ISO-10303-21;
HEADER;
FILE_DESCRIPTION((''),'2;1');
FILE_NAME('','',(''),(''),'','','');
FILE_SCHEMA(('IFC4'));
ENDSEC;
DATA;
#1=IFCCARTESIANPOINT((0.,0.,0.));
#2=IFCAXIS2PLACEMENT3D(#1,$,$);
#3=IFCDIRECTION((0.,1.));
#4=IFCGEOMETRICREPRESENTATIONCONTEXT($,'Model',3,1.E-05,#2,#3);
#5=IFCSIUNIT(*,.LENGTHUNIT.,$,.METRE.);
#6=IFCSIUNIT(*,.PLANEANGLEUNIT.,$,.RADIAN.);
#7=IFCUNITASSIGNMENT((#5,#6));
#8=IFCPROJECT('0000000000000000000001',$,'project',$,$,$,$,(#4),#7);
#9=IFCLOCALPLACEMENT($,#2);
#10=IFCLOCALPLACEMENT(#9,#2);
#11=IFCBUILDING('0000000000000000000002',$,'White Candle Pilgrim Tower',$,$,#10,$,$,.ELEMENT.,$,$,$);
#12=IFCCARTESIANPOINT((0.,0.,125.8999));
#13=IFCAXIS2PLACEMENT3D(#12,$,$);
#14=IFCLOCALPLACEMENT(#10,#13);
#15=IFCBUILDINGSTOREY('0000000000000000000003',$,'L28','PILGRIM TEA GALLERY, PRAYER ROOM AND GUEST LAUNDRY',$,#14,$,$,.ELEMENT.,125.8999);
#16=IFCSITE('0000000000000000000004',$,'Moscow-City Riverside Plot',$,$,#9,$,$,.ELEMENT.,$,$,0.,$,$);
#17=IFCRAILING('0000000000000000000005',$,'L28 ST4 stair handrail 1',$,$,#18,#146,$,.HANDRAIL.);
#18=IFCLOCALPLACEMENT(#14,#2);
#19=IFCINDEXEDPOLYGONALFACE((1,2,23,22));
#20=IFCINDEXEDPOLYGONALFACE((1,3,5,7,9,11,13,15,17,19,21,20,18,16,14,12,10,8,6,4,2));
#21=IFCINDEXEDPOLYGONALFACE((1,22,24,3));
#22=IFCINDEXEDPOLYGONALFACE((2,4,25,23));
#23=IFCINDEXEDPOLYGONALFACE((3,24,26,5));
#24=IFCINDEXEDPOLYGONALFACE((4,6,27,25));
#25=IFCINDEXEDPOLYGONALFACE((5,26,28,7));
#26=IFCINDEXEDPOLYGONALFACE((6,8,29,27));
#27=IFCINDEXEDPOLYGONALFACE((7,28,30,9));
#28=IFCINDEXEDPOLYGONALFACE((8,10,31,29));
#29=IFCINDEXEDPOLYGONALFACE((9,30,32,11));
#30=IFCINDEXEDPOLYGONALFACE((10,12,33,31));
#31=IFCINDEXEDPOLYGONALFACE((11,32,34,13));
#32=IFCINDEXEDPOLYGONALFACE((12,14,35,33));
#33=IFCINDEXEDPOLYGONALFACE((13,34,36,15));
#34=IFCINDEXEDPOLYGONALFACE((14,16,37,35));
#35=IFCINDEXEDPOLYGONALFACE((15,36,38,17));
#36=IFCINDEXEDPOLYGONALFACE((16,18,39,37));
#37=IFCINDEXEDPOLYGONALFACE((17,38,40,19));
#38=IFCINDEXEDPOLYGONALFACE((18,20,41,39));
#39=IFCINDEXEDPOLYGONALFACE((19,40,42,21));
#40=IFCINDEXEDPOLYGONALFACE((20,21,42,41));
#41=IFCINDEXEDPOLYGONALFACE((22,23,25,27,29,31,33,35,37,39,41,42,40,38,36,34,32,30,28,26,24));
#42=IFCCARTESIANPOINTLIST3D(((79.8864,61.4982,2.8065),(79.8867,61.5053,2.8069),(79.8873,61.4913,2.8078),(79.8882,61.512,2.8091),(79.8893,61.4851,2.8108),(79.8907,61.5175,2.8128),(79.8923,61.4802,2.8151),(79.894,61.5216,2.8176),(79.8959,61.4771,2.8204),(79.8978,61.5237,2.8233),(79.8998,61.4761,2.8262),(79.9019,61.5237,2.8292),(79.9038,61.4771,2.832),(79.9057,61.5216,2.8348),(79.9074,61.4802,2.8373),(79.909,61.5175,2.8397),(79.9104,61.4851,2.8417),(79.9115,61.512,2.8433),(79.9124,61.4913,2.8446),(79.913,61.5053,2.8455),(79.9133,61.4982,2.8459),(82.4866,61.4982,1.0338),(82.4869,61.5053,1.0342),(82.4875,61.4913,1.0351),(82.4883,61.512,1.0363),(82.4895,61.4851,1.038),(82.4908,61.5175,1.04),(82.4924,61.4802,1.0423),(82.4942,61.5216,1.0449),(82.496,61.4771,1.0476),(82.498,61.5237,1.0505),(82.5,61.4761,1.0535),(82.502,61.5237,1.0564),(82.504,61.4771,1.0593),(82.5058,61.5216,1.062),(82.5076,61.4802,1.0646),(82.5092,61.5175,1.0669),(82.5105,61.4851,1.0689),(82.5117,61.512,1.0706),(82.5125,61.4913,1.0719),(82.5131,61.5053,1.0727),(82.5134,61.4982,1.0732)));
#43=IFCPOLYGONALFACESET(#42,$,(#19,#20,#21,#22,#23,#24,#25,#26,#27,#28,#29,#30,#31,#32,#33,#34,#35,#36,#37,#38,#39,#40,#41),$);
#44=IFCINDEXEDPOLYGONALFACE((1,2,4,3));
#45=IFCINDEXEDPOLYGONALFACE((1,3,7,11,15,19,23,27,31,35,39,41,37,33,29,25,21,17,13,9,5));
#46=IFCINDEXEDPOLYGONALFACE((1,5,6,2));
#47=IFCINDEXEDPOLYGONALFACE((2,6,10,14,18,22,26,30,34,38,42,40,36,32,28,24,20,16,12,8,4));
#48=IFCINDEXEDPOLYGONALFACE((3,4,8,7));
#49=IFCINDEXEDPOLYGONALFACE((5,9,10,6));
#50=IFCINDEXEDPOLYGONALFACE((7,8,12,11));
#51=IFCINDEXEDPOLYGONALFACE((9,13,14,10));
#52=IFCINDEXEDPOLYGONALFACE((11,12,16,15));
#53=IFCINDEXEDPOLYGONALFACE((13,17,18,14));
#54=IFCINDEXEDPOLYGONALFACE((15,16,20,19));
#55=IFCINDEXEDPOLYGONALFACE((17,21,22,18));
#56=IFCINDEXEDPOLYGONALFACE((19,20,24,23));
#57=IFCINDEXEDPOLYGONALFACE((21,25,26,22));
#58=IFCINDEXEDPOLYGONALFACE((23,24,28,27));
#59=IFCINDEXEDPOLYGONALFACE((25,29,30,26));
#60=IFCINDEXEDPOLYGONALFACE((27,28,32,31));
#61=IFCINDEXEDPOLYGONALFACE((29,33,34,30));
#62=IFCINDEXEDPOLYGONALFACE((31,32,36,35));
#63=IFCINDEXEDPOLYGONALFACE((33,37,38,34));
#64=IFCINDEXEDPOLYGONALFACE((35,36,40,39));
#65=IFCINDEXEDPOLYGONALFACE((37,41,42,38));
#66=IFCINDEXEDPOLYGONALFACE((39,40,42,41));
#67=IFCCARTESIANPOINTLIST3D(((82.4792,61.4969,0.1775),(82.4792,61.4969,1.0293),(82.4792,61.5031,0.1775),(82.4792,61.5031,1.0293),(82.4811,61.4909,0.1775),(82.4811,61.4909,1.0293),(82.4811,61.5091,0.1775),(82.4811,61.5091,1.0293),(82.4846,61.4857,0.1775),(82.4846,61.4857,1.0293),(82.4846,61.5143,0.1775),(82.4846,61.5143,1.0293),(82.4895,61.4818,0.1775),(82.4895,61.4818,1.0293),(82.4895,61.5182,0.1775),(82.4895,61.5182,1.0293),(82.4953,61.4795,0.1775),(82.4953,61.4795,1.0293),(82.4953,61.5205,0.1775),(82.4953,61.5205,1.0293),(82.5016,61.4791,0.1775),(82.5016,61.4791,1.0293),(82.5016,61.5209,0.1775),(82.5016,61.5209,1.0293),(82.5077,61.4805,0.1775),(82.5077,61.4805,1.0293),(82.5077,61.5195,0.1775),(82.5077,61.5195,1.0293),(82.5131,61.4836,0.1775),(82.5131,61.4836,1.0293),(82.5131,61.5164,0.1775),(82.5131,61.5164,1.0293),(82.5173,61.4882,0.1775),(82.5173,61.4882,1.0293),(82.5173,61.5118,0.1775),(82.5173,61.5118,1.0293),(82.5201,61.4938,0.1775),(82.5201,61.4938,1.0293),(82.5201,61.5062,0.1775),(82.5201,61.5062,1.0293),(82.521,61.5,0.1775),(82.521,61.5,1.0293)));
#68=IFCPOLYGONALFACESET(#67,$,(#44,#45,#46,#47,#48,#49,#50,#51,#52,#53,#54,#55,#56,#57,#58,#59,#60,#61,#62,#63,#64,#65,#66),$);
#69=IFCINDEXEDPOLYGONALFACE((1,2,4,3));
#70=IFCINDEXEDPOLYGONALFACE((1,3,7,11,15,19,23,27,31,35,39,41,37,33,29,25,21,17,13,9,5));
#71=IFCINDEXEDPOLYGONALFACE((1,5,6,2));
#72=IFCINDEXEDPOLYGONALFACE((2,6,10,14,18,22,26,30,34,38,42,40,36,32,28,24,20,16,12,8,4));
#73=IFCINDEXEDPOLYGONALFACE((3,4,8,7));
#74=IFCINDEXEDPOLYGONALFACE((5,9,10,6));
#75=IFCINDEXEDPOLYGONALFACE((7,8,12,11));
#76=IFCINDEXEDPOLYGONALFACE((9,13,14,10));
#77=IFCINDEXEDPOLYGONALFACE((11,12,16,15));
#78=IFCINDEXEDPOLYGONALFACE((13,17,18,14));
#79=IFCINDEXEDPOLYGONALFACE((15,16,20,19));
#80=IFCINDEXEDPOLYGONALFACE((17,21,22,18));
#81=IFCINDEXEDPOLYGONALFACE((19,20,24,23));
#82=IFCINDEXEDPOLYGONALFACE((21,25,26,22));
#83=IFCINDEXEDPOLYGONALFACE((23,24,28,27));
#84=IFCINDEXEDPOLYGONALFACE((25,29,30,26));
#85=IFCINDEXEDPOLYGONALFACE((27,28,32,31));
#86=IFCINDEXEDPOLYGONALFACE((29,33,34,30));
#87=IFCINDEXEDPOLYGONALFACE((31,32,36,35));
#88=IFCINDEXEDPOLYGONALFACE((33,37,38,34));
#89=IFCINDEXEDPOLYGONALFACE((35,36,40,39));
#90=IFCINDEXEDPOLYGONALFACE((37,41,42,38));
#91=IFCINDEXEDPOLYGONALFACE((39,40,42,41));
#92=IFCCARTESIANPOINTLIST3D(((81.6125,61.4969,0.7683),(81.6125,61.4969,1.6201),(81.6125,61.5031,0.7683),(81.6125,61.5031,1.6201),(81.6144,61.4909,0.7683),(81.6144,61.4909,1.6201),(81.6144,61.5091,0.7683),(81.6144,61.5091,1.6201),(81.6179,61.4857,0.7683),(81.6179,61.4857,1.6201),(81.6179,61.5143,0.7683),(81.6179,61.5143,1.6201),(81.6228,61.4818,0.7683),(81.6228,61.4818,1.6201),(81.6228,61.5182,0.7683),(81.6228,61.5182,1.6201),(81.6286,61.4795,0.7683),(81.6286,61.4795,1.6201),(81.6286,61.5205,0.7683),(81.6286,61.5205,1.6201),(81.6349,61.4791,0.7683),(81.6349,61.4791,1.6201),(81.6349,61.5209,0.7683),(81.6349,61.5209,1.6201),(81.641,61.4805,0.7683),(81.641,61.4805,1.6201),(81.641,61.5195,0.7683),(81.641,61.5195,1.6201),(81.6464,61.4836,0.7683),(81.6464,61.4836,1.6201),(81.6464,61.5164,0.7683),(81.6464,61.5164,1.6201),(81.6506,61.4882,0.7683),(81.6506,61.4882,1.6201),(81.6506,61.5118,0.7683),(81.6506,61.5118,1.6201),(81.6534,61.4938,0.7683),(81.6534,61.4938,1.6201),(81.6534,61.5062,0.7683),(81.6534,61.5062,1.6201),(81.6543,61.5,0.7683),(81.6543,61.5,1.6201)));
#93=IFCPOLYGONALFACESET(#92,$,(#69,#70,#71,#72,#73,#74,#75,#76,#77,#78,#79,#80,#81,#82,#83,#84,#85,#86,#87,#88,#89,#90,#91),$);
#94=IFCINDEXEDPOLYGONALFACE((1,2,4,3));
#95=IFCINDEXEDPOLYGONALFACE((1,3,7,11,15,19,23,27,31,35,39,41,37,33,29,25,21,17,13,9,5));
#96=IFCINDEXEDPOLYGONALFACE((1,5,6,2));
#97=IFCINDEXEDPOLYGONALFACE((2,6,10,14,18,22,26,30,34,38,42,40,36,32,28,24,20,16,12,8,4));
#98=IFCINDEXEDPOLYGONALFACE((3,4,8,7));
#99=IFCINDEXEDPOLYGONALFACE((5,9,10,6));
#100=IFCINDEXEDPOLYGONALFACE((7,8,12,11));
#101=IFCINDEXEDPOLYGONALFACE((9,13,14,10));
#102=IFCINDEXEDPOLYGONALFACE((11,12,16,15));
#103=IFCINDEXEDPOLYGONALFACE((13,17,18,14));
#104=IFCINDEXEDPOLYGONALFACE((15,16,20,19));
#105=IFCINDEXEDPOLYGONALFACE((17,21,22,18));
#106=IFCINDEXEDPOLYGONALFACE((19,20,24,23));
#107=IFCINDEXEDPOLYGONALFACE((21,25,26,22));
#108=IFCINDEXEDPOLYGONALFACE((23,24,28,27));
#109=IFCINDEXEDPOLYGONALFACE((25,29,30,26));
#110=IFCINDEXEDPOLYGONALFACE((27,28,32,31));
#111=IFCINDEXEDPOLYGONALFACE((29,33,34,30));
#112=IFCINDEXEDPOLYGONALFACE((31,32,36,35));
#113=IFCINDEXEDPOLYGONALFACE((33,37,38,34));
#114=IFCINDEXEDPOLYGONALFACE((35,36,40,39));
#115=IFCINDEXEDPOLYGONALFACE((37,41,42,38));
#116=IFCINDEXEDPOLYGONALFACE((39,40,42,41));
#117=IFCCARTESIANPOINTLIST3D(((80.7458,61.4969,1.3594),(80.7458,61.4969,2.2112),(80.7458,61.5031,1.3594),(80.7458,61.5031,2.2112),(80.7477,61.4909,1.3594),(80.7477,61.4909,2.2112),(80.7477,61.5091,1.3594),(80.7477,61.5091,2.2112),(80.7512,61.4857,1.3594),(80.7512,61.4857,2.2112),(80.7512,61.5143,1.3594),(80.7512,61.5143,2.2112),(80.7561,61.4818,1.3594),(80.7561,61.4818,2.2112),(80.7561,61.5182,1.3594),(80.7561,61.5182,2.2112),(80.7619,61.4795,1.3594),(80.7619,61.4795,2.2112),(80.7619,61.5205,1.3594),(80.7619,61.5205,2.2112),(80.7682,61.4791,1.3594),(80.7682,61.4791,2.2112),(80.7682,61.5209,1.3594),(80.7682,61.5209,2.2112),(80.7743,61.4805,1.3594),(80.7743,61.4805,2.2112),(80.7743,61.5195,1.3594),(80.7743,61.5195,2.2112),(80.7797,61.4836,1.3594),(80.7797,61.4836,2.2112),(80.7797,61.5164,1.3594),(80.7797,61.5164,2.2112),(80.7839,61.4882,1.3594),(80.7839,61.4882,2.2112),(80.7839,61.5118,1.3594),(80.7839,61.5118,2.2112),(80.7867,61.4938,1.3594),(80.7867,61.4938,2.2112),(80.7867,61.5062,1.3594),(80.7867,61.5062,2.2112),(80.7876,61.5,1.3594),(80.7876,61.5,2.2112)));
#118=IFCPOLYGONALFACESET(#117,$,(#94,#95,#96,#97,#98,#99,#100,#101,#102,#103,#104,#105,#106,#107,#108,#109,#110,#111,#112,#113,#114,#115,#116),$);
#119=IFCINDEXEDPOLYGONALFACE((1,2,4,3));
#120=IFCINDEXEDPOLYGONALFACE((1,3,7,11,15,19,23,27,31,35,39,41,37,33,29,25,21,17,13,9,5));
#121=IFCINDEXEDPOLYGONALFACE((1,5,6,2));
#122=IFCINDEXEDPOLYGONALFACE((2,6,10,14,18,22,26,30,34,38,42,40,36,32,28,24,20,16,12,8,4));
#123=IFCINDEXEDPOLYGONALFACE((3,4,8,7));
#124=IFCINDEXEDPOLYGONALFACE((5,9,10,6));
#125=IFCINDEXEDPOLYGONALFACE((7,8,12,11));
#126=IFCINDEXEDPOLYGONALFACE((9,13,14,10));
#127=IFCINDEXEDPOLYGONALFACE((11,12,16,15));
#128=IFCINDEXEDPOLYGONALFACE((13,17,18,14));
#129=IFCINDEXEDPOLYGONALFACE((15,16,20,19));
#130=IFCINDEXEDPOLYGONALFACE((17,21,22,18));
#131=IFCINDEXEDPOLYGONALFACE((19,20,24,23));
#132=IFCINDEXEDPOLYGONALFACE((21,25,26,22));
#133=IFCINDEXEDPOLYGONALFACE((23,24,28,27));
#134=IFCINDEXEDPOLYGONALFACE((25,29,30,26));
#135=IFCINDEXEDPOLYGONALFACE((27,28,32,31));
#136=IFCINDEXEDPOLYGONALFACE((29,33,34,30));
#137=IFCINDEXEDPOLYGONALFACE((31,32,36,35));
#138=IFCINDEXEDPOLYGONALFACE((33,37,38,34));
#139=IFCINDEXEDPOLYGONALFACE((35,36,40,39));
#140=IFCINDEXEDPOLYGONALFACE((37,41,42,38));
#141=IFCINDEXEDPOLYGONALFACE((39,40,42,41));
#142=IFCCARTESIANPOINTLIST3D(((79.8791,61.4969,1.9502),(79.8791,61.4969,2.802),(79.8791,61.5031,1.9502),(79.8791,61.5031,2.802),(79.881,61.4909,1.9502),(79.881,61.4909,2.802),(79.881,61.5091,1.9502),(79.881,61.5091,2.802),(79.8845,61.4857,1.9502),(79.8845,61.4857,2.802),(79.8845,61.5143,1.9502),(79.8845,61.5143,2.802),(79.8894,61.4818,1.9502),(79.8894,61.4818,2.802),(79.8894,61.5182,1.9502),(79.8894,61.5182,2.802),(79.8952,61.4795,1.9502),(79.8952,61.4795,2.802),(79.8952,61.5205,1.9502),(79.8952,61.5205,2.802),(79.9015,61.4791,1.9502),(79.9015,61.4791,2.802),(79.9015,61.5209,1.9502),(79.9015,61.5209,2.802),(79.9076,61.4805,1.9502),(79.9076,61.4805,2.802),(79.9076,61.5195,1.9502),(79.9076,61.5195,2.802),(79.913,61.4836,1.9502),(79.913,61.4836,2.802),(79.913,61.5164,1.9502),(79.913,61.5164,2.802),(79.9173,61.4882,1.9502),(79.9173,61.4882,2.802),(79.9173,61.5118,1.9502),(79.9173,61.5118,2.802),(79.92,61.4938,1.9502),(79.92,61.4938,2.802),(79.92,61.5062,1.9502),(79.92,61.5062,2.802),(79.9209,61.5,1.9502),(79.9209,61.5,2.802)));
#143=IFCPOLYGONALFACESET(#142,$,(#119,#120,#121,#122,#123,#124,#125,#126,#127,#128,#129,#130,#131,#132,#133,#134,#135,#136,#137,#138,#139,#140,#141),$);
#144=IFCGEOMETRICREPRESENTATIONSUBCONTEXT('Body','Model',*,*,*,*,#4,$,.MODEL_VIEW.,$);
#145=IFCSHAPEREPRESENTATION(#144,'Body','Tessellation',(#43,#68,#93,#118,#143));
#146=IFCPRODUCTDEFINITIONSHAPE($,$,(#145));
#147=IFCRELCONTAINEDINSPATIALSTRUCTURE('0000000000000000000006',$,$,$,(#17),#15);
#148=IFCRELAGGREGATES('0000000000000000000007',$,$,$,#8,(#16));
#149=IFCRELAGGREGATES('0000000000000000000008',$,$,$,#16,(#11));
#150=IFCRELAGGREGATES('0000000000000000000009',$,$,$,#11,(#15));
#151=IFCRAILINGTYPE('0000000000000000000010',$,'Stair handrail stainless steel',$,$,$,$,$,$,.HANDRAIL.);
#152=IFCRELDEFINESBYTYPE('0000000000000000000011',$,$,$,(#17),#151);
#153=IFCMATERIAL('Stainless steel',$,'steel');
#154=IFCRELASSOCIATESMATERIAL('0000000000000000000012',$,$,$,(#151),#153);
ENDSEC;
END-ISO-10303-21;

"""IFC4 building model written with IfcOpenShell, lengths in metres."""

from ifc_helpers import new_model, si_unit, direction, frame, origin, origin_2d, place, context, subcontext, project, spatial, circle, extrude, material, type_object, element, save


model = new_model("IFC4")

# Units and contexts
model_context = context("Model", 3, precision=1e-05, world=origin(), true_north=direction((0.0, 1.0)))
body_context = subcontext(model_context, "Body", "Model", "MODEL_VIEW")
ifc_project = project(units=[si_unit("LENGTHUNIT", "METRE"), si_unit("PLANEANGLEUNIT", "RADIAN")], contexts=[model_context])

# Site, building, storey
site_placement = place(None, origin())
site = spatial("IfcSite", under=ifc_project, at=site_placement, Name="Moscow-City Riverside Plot", CompositionType="ELEMENT", RefElevation=0.0)
building_placement = place(site_placement, origin())
building = spatial("IfcBuilding", under=site, at=building_placement, Name="White Candle Pilgrim Tower", CompositionType="ELEMENT")
storey_placement = place(building_placement, frame((0.0, 0.0, 125.8999)))
storey = spatial("IfcBuildingStorey", under=building, at=storey_placement, Name="L28", Description="PILGRIM TEA GALLERY, PRAYER ROOM AND GUEST LAUNDRY", CompositionType="ELEMENT", Elevation=125.8999)

# Railing
ifc_material_1 = material(Name="Stainless steel", Category="steel")
railing_type_1 = type_object("IfcRailingType", Name="Stair handrail stainless steel", PredefinedType="HANDRAIL", material=ifc_material_1)
railing_1_placement = place(storey_placement, frame((82.5, 61.5, 0.1775)))
element("IfcRailing", 1, at=railing_1_placement, inside=storey, type_object=railing_type_1, Name="L28 ST4 stair handrail 1", PredefinedType="HANDRAIL", context=body_context, shape_type="SweptSolid", body=[
    extrude(circle(Radius=0.0239, at=origin_2d()), frame((0.0, 0.0, 0.876), z_axis=(-0.82624, 0.0, 0.563318), x_axis=(0.0, -1.0, 0.0)), (0.0, 0.0, 1.0), 3.147),
    extrude(circle(Radius=0.021, at=origin_2d()), origin(), (0.0, 0.0, 1.0), 0.8518),
    extrude(circle(Radius=0.021, at=origin_2d()), frame((-0.8667, 0.0, 0.5908)), (0.0, 0.0, 1.0), 0.8518),
    extrude(circle(Radius=0.021, at=origin_2d()), frame((-1.7334, 0.0, 1.1819)), (0.0, 0.0, 1.0), 0.8518),
    extrude(circle(Radius=0.021, at=origin_2d()), frame((-2.6001, 0.0, 1.7727)), (0.0, 0.0, 1.0), 0.8518),
])

save(model, "model.ifc")
